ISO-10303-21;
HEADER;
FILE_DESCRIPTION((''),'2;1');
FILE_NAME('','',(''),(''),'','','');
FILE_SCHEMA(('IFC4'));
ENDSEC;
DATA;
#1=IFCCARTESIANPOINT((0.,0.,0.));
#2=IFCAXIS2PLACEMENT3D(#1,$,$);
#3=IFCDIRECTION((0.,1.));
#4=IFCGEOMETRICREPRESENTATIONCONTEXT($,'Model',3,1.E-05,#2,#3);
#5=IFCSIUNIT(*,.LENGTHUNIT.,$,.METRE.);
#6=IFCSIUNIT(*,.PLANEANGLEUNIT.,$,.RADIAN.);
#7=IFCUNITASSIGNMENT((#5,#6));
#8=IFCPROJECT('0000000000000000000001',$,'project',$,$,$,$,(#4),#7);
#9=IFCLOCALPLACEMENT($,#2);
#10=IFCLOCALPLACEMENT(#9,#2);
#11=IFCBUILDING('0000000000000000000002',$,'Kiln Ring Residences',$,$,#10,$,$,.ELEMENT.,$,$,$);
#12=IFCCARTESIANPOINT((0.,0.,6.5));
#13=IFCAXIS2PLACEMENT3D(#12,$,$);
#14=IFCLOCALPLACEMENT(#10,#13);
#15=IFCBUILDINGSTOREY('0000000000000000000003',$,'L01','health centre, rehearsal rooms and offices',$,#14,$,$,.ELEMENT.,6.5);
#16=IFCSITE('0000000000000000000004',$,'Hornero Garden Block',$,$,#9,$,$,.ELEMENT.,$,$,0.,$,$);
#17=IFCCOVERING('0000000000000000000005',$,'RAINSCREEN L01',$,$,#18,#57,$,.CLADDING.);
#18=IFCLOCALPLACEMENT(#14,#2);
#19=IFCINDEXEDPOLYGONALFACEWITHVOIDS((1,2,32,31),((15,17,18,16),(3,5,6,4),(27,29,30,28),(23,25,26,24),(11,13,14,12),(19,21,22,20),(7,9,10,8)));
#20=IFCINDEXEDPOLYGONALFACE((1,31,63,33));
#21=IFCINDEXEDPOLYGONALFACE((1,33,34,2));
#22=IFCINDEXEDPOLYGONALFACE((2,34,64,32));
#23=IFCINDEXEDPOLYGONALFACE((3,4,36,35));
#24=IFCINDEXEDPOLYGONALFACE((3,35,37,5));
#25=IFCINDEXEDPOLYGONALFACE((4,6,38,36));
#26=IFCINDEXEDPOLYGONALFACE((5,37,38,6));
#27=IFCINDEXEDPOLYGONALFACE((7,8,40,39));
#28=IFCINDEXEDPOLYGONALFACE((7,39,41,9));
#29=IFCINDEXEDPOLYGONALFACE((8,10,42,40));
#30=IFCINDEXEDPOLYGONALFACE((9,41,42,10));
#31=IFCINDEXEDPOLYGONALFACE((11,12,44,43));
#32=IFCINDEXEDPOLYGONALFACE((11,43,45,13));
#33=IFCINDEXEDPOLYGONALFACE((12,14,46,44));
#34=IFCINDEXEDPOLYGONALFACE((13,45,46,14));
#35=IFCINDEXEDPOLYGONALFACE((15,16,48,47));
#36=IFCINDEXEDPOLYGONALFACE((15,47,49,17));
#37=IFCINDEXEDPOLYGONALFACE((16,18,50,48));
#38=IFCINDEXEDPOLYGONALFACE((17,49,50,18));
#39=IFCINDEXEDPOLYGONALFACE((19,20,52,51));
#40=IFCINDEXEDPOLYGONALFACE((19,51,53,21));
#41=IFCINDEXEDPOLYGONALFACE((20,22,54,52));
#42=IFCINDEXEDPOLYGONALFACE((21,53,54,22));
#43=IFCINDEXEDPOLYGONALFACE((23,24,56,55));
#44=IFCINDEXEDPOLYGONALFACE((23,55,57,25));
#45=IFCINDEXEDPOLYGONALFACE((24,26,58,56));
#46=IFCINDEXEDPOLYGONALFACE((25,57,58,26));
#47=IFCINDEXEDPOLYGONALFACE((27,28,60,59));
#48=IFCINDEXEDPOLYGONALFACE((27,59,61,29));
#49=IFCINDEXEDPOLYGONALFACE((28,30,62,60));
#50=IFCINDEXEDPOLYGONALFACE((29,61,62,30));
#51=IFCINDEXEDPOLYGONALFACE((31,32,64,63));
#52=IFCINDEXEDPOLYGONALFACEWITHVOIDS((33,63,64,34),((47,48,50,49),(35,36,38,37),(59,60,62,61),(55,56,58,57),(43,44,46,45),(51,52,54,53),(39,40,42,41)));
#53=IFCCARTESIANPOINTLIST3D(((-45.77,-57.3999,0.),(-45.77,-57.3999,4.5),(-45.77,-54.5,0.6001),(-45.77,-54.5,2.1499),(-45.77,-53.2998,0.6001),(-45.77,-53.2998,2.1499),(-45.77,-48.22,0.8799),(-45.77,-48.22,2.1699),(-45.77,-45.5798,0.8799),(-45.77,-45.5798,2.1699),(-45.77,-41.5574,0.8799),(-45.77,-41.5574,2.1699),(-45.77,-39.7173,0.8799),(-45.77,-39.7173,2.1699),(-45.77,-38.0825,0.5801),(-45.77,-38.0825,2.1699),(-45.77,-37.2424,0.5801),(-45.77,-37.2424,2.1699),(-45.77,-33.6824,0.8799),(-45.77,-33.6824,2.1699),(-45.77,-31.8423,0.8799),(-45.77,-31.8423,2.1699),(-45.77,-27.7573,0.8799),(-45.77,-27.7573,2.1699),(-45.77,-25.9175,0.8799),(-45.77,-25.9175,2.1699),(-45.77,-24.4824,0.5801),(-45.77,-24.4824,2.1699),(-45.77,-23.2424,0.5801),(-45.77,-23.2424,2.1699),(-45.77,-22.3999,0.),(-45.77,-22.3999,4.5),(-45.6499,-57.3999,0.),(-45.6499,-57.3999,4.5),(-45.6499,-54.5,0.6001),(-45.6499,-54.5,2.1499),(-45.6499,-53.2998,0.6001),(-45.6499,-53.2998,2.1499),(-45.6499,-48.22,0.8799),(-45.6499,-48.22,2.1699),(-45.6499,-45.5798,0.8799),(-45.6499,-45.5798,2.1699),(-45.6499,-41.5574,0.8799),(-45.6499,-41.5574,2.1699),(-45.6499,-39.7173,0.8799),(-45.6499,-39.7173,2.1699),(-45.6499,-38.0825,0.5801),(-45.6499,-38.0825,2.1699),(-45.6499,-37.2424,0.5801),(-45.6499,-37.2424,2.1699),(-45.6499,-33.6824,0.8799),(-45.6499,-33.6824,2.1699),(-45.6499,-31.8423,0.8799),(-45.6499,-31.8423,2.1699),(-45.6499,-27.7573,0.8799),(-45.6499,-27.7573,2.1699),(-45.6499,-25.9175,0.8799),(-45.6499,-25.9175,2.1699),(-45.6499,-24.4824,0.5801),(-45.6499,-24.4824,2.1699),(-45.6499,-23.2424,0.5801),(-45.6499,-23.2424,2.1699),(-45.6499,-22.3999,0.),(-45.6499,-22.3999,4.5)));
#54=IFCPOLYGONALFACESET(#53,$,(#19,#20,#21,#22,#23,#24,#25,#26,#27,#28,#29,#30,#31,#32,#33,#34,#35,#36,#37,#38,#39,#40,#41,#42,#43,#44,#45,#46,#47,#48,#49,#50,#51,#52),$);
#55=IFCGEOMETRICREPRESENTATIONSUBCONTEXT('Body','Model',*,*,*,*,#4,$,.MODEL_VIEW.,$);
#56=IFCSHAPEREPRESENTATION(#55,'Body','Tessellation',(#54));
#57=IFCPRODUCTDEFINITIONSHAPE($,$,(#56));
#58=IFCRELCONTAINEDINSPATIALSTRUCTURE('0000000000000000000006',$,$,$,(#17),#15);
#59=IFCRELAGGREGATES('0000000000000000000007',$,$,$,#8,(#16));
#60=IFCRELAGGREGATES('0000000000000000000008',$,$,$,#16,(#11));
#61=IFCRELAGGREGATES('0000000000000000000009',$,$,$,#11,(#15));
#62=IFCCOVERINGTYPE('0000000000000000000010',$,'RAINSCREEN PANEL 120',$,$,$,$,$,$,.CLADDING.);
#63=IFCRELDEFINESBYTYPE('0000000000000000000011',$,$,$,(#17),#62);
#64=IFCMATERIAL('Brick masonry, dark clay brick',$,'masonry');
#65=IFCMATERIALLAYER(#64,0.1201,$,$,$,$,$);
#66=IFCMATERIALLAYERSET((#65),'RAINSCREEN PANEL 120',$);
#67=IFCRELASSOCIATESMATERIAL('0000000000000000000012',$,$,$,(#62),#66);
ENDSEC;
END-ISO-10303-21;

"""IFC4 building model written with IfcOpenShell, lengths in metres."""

from ifc_helpers import new_model, si_unit, direction, frame, origin, place, context, subcontext, project, spatial, polyline, outline, extrude, material, layer, layer_set, type_object, element, save


model = new_model("IFC4")

# Units and contexts
model_context = context("Model", 3, precision=1e-05, world=origin(), true_north=direction((0.0, 1.0)))
body_context = subcontext(model_context, "Body", "Model", "MODEL_VIEW")
ifc_project = project(units=[si_unit("LENGTHUNIT", "METRE"), si_unit("PLANEANGLEUNIT", "RADIAN")], contexts=[model_context])

# Site, building, storey
site_placement = place(None, origin())
site = spatial("IfcSite", under=ifc_project, at=site_placement, Name="Hornero Garden Block", CompositionType="ELEMENT", RefElevation=0.0)
building_placement = place(site_placement, origin())
building = spatial("IfcBuilding", under=site, at=building_placement, Name="Kiln Ring Residences", CompositionType="ELEMENT")
storey_placement = place(building_placement, frame((0.0, 0.0, 6.5)))
storey = spatial("IfcBuildingStorey", under=building, at=storey_placement, Name="L01", Description="health centre, rehearsal rooms and offices", CompositionType="ELEMENT", Elevation=6.5)

# Covering
ifc_material_1 = material(Name="Brick masonry, dark clay brick", Category="masonry")
ifc_layer_1 = layer(ifc_material_1, 0.1201)
ifc_layer_set_1 = layer_set([ifc_layer_1], Name="RAINSCREEN PANEL 120")
covering_type = type_object("IfcCoveringType", Name="RAINSCREEN PANEL 120", PredefinedType="CLADDING", material=ifc_layer_set_1)
covering_1_placement = place(storey_placement, frame((-45.71, -22.3999, 0.0), z_axis=(0.0, 0.0, 1.0), x_axis=(0.0, -1.0, 0.0)))
element("IfcCovering", 1, at=covering_1_placement, inside=storey, type_object=covering_type, Name="RAINSCREEN L01", PredefinedType="CLADDING", context=body_context, shape_type="SweptSolid", body=[
    extrude(outline(polyline([(0.0, 0.0), (35.0, 0.0), (35.0, 4.5), (0.0, 4.5), (0.0, 0.0)]), holes=[polyline([(2.0825, 0.5801), (2.0825, 2.1699), (0.8425, 2.1699), (0.8425, 0.5801), (2.0825, 0.5801)]), polyline([(14.8425, 0.5801), (15.6826, 0.5801), (15.6826, 2.1699), (14.8425, 2.1699), (14.8425, 0.5801)]), polyline([(30.8999, 0.6001), (32.1001, 0.6001), (32.1001, 2.1499), (30.8999, 2.1499), (30.8999, 0.6001)]), polyline([(3.5176, 0.8799), (5.3574, 0.8799), (5.3574, 2.1699), (3.5176, 2.1699), (3.5176, 0.8799)]), polyline([(9.4424, 0.8799), (11.2825, 0.8799), (11.2825, 2.1699), (9.4424, 2.1699), (9.4424, 0.8799)]), polyline([(17.3174, 0.8799), (19.1575, 0.8799), (19.1575, 2.1699), (17.3174, 2.1699), (17.3174, 0.8799)]), polyline([(23.1799, 0.8799), (25.8201, 0.8799), (25.8201, 2.1699), (23.1799, 2.1699), (23.1799, 0.8799)])]), frame((0.0, 0.0601, 0.0), z_axis=(0.0, -1.0, 0.0), x_axis=(1.0, 0.0, 0.0)), (0.0, 0.0, 1.0), 0.1201),
])

save(model, "model.ifc")
